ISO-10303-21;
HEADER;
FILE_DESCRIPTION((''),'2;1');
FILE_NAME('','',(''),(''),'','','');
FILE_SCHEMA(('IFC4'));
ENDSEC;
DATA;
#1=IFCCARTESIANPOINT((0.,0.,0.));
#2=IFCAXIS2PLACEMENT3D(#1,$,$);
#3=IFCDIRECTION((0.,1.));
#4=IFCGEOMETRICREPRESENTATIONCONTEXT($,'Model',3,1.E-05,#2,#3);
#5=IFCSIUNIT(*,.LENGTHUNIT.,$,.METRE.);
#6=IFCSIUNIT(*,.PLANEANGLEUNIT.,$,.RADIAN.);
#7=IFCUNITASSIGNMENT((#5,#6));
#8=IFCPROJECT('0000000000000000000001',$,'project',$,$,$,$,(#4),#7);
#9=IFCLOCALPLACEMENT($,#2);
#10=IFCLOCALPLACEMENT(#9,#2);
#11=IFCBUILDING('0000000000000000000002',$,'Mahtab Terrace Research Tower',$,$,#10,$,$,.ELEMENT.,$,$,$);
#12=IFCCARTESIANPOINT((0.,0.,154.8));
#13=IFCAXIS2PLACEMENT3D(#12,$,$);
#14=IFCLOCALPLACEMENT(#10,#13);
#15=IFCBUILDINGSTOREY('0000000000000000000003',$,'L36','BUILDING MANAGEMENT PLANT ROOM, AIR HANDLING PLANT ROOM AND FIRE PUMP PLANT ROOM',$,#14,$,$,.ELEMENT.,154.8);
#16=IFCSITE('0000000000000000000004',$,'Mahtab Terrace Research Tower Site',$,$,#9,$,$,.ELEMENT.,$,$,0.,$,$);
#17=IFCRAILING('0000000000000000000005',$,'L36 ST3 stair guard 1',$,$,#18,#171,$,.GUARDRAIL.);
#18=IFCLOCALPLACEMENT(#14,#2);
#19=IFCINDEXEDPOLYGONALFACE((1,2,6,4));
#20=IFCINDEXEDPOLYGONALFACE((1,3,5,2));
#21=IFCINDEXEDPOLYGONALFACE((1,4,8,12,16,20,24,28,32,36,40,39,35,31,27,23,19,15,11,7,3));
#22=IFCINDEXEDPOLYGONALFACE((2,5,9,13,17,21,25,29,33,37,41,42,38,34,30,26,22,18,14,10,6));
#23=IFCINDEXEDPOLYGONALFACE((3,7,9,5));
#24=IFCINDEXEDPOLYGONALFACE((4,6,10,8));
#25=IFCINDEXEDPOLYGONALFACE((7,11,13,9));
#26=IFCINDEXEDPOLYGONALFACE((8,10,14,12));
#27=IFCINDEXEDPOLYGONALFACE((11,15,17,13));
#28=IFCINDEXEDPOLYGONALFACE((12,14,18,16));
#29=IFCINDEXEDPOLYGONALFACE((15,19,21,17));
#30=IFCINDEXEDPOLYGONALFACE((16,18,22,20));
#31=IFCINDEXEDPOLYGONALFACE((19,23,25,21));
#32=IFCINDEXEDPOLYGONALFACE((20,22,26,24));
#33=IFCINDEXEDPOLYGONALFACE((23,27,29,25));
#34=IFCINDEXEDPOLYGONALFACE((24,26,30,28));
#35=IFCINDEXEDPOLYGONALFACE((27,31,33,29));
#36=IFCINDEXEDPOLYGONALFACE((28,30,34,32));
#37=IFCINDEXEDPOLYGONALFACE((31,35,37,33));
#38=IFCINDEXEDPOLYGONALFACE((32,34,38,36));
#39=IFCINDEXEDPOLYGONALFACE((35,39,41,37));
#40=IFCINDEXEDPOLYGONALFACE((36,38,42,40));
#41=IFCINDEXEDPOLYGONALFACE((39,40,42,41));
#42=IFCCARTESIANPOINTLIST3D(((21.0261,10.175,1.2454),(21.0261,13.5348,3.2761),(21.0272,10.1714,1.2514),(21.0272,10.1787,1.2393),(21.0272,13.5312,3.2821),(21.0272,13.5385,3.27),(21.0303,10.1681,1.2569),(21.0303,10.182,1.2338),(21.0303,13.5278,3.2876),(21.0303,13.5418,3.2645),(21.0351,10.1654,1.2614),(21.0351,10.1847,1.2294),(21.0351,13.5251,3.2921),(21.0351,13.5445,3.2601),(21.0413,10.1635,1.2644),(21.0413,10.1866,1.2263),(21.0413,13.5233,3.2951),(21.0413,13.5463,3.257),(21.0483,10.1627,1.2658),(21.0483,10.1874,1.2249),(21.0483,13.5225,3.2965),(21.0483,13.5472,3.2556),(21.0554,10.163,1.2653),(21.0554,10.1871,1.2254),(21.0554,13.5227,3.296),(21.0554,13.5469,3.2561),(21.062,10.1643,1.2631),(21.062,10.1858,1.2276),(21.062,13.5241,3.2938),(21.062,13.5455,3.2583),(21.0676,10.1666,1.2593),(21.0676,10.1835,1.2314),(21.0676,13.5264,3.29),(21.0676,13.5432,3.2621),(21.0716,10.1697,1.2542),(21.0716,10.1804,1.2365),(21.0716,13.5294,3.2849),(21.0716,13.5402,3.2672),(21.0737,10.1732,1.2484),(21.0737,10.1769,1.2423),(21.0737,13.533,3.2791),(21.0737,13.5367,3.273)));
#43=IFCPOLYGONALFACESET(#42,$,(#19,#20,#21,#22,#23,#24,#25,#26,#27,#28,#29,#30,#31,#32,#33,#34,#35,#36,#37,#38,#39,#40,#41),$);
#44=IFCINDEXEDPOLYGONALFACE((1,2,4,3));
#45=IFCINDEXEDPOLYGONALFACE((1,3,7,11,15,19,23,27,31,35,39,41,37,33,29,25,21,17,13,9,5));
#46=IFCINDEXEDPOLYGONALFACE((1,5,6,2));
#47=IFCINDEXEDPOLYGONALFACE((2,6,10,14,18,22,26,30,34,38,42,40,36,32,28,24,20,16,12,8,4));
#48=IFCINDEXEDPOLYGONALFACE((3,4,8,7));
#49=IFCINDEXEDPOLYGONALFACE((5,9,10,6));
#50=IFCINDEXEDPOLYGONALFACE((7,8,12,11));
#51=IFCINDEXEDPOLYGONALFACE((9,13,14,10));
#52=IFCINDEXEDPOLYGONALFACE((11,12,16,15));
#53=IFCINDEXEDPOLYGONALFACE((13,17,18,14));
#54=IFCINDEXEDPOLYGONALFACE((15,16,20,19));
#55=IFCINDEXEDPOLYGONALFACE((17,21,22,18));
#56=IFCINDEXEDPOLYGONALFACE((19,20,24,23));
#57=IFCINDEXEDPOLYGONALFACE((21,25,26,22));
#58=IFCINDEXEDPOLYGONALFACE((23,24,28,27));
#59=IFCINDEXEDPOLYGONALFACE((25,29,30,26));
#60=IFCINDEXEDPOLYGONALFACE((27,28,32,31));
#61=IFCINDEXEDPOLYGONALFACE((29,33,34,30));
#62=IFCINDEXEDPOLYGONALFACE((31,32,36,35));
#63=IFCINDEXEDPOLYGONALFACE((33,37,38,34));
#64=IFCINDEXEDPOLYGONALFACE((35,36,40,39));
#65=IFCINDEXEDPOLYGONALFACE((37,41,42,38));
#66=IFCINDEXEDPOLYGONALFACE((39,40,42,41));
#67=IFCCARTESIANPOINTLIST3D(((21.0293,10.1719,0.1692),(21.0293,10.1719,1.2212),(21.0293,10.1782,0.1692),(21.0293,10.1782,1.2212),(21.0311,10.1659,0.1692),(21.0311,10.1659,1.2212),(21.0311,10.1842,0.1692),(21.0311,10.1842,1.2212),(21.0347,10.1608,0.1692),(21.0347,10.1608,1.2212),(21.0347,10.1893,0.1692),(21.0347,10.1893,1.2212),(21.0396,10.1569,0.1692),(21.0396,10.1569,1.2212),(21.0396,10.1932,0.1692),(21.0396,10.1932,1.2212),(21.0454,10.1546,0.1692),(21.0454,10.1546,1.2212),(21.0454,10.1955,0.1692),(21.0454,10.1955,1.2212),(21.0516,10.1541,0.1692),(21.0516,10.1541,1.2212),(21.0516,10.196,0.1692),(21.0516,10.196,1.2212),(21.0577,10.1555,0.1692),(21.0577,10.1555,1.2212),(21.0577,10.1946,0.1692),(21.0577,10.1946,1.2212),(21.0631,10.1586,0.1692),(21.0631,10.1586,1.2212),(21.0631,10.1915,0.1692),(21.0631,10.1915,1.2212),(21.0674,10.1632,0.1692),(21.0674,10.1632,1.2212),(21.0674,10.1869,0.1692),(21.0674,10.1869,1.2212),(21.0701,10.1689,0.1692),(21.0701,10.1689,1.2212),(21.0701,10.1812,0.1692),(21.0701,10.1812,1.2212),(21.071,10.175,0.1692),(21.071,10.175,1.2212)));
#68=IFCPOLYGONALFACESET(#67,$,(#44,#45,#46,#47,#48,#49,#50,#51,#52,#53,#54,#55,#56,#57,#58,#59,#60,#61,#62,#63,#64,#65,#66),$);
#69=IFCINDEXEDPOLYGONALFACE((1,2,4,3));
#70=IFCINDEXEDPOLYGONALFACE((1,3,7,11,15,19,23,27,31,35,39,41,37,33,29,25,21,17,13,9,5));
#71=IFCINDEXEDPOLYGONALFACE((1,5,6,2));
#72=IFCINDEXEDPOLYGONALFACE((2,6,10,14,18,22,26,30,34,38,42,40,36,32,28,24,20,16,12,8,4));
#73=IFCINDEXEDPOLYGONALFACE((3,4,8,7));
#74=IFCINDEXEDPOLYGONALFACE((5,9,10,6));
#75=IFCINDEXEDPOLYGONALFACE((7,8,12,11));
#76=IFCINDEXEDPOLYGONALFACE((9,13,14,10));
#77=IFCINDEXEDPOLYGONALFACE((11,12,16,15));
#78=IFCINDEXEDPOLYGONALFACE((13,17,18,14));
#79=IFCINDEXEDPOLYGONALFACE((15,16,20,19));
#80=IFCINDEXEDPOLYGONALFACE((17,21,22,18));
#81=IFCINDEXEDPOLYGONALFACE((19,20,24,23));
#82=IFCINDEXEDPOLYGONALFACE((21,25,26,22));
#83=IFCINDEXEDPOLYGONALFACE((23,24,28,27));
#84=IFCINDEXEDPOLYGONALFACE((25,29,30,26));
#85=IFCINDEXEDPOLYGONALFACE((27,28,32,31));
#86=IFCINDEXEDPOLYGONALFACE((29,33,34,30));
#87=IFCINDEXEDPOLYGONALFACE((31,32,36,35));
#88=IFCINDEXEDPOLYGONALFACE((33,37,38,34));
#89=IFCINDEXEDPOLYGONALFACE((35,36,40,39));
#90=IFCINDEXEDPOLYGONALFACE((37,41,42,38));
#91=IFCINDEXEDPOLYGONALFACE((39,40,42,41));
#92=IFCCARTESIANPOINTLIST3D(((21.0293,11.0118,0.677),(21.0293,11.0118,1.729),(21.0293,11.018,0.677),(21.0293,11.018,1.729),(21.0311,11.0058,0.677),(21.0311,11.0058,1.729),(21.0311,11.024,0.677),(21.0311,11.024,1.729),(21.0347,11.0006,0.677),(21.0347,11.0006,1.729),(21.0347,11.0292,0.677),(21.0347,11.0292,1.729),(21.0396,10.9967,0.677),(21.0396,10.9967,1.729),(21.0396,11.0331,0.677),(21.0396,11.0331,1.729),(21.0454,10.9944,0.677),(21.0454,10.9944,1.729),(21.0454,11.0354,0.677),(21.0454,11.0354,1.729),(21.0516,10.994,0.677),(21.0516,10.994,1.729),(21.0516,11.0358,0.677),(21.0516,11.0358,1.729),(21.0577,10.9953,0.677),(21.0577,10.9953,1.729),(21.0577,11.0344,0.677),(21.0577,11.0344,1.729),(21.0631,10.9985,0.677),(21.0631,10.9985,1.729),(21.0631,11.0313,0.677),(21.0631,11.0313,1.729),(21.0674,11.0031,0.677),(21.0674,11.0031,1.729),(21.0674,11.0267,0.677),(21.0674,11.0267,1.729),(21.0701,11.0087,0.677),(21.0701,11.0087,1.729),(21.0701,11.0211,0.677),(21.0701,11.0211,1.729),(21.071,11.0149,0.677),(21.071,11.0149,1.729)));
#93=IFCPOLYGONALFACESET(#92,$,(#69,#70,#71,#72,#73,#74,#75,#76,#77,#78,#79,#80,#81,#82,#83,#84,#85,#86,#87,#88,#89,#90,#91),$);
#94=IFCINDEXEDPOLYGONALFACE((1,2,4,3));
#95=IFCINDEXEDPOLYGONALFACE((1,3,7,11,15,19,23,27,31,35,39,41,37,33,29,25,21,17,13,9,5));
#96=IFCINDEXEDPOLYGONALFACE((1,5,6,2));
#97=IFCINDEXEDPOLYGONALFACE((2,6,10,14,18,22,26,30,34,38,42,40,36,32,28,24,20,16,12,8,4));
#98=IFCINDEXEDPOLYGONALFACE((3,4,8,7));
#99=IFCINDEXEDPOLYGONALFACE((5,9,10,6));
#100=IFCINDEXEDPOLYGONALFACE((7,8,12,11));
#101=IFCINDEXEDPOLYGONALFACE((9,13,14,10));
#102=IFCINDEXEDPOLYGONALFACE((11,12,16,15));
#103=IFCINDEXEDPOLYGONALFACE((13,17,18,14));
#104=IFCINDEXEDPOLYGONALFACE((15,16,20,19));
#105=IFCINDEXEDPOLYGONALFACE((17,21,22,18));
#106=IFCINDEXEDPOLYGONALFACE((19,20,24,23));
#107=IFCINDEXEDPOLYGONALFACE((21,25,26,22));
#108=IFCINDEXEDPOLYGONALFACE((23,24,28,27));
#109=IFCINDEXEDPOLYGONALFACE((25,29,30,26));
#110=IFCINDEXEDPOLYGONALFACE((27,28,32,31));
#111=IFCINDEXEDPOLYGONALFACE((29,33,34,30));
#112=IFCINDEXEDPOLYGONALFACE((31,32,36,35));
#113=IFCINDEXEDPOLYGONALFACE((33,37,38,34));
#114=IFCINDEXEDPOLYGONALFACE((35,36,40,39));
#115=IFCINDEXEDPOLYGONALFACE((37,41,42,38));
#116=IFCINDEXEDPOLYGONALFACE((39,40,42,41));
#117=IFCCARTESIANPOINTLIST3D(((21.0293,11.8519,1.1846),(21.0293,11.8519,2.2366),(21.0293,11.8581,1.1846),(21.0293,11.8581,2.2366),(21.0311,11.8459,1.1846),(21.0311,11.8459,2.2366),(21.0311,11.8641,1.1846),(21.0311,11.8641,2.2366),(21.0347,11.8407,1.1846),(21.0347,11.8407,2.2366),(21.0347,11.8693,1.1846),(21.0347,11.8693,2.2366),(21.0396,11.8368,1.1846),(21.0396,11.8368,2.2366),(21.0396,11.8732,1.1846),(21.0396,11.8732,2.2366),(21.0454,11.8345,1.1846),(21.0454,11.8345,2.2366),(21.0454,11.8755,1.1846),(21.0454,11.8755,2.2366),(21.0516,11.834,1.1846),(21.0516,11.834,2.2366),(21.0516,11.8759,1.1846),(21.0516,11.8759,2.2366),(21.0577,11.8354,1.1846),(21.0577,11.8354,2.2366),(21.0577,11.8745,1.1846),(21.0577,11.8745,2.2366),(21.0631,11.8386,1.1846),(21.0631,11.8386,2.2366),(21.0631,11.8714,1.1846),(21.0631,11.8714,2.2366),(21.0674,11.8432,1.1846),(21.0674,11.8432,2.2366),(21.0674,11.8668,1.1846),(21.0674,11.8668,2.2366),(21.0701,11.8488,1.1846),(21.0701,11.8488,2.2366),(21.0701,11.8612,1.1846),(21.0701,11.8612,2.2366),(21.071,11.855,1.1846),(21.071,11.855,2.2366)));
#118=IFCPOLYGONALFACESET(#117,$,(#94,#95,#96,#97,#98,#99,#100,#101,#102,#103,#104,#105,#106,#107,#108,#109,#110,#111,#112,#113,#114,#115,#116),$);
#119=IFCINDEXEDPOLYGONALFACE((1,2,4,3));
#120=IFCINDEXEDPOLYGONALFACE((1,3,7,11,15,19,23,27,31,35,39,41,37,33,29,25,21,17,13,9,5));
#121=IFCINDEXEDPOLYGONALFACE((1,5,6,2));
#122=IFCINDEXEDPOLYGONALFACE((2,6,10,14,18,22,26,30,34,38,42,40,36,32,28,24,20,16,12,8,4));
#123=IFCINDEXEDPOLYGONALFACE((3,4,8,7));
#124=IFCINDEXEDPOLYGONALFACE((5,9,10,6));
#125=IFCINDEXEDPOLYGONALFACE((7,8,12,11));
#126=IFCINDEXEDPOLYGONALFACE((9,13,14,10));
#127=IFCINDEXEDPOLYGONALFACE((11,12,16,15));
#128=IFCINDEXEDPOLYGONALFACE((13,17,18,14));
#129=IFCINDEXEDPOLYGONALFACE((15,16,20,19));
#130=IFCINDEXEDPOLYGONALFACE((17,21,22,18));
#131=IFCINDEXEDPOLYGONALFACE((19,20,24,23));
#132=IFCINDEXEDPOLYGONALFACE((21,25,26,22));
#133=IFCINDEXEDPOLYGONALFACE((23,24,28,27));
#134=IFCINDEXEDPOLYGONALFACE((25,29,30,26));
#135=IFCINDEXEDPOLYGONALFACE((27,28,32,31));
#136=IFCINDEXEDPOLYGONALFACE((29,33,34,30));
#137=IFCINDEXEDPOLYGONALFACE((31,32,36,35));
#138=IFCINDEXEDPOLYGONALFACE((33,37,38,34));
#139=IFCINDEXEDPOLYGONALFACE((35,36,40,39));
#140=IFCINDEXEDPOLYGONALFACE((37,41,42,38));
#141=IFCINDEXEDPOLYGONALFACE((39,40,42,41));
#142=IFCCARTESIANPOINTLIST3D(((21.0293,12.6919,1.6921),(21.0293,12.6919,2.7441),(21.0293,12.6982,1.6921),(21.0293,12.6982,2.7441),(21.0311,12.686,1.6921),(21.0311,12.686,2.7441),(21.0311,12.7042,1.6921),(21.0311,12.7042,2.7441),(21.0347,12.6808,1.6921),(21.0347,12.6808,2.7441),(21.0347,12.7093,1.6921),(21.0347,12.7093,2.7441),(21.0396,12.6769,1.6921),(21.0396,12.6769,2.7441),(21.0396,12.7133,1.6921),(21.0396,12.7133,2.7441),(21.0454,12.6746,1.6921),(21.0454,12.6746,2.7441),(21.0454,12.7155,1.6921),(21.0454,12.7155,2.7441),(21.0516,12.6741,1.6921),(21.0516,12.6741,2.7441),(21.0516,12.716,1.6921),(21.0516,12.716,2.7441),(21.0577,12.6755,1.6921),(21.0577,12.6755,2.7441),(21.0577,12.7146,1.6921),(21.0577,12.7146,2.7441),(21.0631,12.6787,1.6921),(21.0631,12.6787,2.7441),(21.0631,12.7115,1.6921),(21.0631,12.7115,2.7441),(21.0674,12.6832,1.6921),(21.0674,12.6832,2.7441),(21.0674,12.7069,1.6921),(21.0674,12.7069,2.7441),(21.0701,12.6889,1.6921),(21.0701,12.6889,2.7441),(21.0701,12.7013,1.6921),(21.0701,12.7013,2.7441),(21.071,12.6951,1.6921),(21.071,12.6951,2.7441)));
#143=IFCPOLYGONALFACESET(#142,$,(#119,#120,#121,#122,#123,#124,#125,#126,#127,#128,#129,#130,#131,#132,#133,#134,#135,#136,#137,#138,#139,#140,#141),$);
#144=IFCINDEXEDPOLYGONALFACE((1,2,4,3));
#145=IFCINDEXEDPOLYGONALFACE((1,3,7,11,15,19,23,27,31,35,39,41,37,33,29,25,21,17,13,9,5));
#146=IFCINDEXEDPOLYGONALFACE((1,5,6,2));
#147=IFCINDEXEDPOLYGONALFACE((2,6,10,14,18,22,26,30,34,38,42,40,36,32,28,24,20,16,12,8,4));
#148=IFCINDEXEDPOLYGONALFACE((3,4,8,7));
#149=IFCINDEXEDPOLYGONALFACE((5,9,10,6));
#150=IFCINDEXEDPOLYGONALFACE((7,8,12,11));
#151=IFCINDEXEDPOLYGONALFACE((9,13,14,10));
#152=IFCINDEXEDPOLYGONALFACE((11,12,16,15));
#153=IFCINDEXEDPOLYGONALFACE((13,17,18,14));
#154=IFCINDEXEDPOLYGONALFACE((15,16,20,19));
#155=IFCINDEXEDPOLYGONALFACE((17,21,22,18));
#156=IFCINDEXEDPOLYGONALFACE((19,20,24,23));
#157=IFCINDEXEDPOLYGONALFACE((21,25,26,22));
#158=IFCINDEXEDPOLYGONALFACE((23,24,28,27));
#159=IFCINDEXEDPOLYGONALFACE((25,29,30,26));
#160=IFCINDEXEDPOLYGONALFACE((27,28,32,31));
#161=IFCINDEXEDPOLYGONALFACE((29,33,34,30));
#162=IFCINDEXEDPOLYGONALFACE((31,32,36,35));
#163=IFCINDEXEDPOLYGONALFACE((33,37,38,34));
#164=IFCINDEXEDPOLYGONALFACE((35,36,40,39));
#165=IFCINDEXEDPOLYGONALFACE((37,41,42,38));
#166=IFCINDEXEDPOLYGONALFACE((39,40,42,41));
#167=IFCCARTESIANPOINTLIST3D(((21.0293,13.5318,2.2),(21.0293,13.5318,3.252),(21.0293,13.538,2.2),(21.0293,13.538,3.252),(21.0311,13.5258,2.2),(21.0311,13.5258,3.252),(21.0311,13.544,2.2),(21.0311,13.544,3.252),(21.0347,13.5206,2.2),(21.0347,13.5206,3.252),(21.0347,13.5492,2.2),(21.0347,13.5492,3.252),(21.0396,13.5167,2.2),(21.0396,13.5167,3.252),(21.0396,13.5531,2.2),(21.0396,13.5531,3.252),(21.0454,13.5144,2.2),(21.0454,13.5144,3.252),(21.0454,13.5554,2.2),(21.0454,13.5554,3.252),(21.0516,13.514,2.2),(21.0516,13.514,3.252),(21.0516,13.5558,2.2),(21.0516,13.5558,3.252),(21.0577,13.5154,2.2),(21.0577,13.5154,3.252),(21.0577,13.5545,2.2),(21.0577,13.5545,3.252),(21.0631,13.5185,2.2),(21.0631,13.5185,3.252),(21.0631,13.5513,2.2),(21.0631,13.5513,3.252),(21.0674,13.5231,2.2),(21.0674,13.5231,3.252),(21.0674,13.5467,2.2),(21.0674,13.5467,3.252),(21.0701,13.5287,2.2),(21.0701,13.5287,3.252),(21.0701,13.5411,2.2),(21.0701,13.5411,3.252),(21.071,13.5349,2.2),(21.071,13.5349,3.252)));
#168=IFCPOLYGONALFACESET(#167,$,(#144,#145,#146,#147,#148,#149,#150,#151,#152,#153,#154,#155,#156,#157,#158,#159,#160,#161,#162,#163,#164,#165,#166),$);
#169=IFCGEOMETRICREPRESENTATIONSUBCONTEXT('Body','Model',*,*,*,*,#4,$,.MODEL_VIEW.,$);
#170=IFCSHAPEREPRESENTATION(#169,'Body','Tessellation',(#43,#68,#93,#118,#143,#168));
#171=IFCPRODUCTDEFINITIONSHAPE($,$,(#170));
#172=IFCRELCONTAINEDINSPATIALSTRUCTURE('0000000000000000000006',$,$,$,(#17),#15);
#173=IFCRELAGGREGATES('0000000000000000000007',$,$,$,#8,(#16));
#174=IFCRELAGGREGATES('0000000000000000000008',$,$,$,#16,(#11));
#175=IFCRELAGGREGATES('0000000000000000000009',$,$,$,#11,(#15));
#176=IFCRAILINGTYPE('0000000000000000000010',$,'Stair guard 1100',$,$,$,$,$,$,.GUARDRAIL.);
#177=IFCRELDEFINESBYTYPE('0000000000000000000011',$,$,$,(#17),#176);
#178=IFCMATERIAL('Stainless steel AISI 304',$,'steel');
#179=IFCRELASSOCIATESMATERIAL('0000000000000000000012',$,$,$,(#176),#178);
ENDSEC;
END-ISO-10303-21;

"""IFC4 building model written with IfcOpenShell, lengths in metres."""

from ifc_helpers import new_model, si_unit, direction, frame, origin, origin_2d, place, context, subcontext, project, spatial, circle, extrude, material, type_object, element, save


model = new_model("IFC4")

# Units and contexts
model_context = context("Model", 3, precision=1e-05, world=origin(), true_north=direction((0.0, 1.0)))
body_context = subcontext(model_context, "Body", "Model", "MODEL_VIEW")
ifc_project = project(units=[si_unit("LENGTHUNIT", "METRE"), si_unit("PLANEANGLEUNIT", "RADIAN")], contexts=[model_context])

# Site, building, storey
site_placement = place(None, origin())
site = spatial("IfcSite", under=ifc_project, at=site_placement, Name="Mahtab Terrace Research Tower Site", CompositionType="ELEMENT", RefElevation=0.0)
building_placement = place(site_placement, origin())
building = spatial("IfcBuilding", under=site, at=building_placement, Name="Mahtab Terrace Research Tower", CompositionType="ELEMENT")
storey_placement = place(building_placement, frame((0.0, 0.0, 154.8)))
storey = spatial("IfcBuildingStorey", under=building, at=storey_placement, Name="L36", Description="BUILDING MANAGEMENT PLANT ROOM, AIR HANDLING PLANT ROOM AND FIRE PUMP PLANT ROOM", CompositionType="ELEMENT", Elevation=154.8)

# Railing
ifc_material_1 = material(Name="Stainless steel AISI 304", Category="steel")
railing_type_1 = type_object("IfcRailingType", Name="Stair guard 1100", PredefinedType="GUARDRAIL", material=ifc_material_1)
railing_1_placement = place(storey_placement, frame((21.05, 10.175, 0.1692)))
element("IfcRailing", 1, at=railing_1_placement, inside=storey, type_object=railing_type_1, Name="L36 ST3 stair guard 1", PredefinedType="GUARDRAIL", context=body_context, shape_type="SweptSolid", body=[
    extrude(circle(Radius=0.0239, at=origin_2d()), frame((0.0, 0.0, 1.0762), z_axis=(0.0, 0.85582, 0.517273), x_axis=(-1.0, 0.0, 0.0)), (0.0, 0.0, 1.0), 3.9258),
    extrude(circle(Radius=0.021, at=origin_2d()), origin(), (0.0, 0.0, 1.0), 1.052),
    extrude(circle(Radius=0.021, at=origin_2d()), frame((0.0, 0.8398, 0.5078)), (0.0, 0.0, 1.0), 1.052),
    extrude(circle(Radius=0.021, at=origin_2d()), frame((0.0, 1.6799, 1.0154)), (0.0, 0.0, 1.0), 1.052),
    extrude(circle(Radius=0.021, at=origin_2d()), frame((0.0, 2.52, 1.5229)), (0.0, 0.0, 1.0), 1.052),
    extrude(circle(Radius=0.021, at=origin_2d()), frame((0.0, 3.3599, 2.0308)), (0.0, 0.0, 1.0), 1.052),
])

save(model, "model.ifc")
